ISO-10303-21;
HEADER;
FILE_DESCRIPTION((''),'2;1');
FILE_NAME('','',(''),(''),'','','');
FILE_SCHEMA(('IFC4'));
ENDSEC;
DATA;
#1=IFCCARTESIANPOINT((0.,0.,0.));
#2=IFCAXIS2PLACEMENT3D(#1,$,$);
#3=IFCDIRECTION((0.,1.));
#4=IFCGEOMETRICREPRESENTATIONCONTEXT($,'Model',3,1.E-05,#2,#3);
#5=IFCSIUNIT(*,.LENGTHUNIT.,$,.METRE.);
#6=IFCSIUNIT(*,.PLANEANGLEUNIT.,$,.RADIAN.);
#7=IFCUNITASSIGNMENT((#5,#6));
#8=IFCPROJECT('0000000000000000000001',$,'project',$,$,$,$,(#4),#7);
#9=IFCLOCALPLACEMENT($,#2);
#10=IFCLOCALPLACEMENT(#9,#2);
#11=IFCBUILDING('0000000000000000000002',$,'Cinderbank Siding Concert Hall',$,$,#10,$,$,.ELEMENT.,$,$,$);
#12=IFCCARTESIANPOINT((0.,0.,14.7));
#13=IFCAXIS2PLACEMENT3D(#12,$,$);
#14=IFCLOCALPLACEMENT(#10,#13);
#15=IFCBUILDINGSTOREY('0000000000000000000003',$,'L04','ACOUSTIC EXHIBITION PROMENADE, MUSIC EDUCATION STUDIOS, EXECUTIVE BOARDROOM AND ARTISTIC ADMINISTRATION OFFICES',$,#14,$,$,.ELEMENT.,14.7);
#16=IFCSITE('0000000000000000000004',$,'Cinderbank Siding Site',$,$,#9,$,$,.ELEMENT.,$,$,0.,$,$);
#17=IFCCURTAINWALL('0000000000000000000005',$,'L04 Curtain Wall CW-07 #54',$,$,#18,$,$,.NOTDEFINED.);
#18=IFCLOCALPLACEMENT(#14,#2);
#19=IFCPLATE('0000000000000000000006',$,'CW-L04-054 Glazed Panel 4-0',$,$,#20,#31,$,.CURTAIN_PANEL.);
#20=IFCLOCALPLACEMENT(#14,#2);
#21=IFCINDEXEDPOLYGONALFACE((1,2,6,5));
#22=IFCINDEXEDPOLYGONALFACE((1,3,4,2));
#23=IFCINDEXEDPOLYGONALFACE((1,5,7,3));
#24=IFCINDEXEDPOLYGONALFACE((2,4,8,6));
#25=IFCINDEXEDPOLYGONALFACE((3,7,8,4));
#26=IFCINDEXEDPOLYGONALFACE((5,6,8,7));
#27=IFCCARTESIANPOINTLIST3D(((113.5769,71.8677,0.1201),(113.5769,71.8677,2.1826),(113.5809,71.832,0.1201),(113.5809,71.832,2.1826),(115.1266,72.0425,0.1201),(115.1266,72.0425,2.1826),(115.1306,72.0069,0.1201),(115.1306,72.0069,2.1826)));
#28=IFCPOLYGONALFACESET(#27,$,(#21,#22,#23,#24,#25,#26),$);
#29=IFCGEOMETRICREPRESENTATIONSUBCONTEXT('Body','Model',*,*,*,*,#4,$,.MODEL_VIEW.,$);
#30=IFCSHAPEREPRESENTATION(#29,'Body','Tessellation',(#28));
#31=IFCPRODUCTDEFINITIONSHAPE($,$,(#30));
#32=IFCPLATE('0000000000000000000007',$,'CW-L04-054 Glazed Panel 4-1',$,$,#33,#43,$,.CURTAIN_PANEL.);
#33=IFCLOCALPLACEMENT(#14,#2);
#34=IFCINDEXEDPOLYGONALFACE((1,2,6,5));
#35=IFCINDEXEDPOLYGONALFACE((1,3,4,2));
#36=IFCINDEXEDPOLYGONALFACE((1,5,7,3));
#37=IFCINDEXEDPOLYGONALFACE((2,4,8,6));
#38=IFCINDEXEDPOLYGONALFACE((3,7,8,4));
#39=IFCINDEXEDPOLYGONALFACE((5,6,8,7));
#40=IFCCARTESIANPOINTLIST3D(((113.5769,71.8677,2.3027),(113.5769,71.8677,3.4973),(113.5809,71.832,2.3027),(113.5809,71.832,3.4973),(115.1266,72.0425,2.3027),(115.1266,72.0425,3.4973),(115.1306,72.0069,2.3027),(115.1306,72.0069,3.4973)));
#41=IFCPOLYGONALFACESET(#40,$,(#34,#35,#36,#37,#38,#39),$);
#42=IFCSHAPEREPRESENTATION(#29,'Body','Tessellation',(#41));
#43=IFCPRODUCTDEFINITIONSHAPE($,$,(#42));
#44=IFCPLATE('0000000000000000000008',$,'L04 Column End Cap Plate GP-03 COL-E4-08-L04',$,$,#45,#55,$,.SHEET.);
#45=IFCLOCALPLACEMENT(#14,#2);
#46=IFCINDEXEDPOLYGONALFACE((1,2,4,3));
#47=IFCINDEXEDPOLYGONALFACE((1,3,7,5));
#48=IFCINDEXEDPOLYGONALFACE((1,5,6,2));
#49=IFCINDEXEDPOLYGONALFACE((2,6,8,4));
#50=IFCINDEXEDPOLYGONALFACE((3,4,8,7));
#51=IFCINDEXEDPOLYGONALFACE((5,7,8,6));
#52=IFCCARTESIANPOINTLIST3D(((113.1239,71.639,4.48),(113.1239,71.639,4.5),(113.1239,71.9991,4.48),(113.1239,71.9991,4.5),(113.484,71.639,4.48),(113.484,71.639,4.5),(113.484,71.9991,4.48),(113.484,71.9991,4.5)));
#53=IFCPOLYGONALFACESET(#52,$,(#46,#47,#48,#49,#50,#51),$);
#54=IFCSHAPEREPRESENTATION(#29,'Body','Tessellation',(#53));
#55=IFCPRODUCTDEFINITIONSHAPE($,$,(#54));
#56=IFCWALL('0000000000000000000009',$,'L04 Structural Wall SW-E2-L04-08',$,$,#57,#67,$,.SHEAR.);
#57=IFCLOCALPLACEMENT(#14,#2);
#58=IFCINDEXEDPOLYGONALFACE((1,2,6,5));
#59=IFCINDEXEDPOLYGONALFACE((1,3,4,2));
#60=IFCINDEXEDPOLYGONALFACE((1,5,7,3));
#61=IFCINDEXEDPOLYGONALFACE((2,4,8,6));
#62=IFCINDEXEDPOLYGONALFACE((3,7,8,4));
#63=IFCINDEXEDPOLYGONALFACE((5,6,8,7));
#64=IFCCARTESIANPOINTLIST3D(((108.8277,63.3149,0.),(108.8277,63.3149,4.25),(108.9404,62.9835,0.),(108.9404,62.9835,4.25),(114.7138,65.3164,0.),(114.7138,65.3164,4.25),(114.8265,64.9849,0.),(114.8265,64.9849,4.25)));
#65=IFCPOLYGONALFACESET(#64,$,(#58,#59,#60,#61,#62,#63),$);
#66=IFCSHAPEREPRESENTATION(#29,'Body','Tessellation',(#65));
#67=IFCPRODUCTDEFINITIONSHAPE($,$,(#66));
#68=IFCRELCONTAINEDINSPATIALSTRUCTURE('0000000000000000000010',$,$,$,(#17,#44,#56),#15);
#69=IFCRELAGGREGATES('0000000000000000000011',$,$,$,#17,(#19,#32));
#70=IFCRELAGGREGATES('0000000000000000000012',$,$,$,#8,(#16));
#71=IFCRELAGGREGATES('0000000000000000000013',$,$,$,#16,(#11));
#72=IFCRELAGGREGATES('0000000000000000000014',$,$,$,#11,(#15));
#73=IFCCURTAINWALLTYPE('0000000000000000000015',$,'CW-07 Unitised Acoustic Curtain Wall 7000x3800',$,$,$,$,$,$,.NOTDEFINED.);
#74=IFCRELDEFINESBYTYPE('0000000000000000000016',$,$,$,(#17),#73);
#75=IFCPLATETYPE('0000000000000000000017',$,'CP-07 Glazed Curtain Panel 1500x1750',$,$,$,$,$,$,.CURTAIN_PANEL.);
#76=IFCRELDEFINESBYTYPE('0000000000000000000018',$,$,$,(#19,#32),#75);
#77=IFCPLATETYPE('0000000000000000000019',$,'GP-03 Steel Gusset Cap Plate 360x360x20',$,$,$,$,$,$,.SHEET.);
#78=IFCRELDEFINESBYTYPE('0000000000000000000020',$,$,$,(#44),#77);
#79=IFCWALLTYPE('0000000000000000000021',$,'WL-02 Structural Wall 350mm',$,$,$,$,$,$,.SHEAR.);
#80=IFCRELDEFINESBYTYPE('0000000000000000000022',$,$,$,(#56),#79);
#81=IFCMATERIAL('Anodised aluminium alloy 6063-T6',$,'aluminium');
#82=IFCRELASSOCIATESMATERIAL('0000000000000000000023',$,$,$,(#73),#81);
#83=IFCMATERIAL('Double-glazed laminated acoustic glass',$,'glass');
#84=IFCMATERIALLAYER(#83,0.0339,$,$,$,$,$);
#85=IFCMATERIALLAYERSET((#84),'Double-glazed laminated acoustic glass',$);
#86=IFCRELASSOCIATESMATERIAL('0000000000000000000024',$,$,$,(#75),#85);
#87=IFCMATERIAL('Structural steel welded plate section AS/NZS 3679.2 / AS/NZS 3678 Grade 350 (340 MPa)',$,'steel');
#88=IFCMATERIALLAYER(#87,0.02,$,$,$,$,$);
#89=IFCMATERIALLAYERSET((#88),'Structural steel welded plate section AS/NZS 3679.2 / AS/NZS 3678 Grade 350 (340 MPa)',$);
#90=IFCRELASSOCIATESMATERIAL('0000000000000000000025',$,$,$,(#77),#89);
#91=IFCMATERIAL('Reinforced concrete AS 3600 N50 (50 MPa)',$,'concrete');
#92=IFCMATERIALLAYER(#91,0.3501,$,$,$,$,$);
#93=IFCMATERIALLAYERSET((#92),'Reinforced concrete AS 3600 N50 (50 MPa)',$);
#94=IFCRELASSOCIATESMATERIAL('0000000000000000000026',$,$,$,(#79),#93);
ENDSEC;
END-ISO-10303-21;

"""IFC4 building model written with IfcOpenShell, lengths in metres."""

from ifc_helpers import new_model, si_unit, direction, frame, frame_2d, origin, origin_2d, place, context, subcontext, project, spatial, rectangle, extrude, material, layer, layer_set, type_object, element, aggregate, save


model = new_model("IFC4")

# Units and contexts
model_context = context("Model", 3, precision=1e-05, world=origin(), true_north=direction((0.0, 1.0)))
body_context = subcontext(model_context, "Body", "Model", "MODEL_VIEW")
ifc_project = project(units=[si_unit("LENGTHUNIT", "METRE"), si_unit("PLANEANGLEUNIT", "RADIAN")], contexts=[model_context])

# Site, building, storey
site_placement = place(None, origin())
site = spatial("IfcSite", under=ifc_project, at=site_placement, Name="Cinderbank Siding Site", CompositionType="ELEMENT", RefElevation=0.0)
building_placement = place(site_placement, origin())
building = spatial("IfcBuilding", under=site, at=building_placement, Name="Cinderbank Siding Concert Hall", CompositionType="ELEMENT")
storey_placement = place(building_placement, frame((0.0, 0.0, 14.7)))
storey = spatial("IfcBuildingStorey", under=building, at=storey_placement, Name="L04", Description="ACOUSTIC EXHIBITION PROMENADE, MUSIC EDUCATION STUDIOS, EXECUTIVE BOARDROOM AND ARTISTIC ADMINISTRATION OFFICES", CompositionType="ELEMENT", Elevation=14.7)

# Shared definitions
ifc_material_1 = material(Name="Reinforced concrete AS 3600 N50 (50 MPa)", Category="concrete")

# Curtain wall
ifc_material_2 = material(Name="Anodised aluminium alloy 6063-T6", Category="aluminium")
curtain_wall_type_1 = type_object("IfcCurtainWallType", Name="CW-07 Unitised Acoustic Curtain Wall 7000x3800", PredefinedType="NOTDEFINED", material=ifc_material_2)
curtain_wall_1_placement = place(storey_placement, origin())
curtain_wall_1 = element("IfcCurtainWall", 1, at=curtain_wall_1_placement, inside=storey, type_object=curtain_wall_type_1, Name="L04 Curtain Wall CW-07 #54", PredefinedType="NOTDEFINED")

# Plates
ifc_material_3 = material(Name="Double-glazed laminated acoustic glass", Category="glass")
ifc_layer_1 = layer(ifc_material_3, 0.0339)
ifc_layer_set_1 = layer_set([ifc_layer_1], Name="Double-glazed laminated acoustic glass")
plate_type_1 = type_object("IfcPlateType", Name="CP-07 Glazed Curtain Panel 1500x1750", PredefinedType="CURTAIN_PANEL", material=ifc_layer_set_1)
plate_1_placement = place(storey_placement, frame((114.3538, 71.9373, 0.1201), z_axis=(0.0, 0.0, 1.0), x_axis=(-0.993694, -0.112129, 0.0)))
plate_1 = element("IfcPlate", 2, at=plate_1_placement, type_object=plate_type_1, Name="CW-L04-054 Glazed Panel 4-0", PredefinedType="CURTAIN_PANEL", context=body_context, shape_type="SweptSolid", body=[
    extrude(rectangle(XDim=1.5596, YDim=0.0359, at=origin_2d()), origin(), (0.0, 0.0, 1.0), 2.0625),
])
plate_2_placement = place(storey_placement, frame((114.3538, 71.9373, 2.3027), z_axis=(0.0, 0.0, 1.0), x_axis=(-0.993694, -0.112129, 0.0)))
plate_2 = element("IfcPlate", 3, at=plate_2_placement, type_object=plate_type_1, Name="CW-L04-054 Glazed Panel 4-1", PredefinedType="CURTAIN_PANEL", context=body_context, shape_type="SweptSolid", body=[
    extrude(rectangle(XDim=1.5596, YDim=0.0359, at=origin_2d()), origin(), (0.0, 0.0, 1.0), 1.1946),
])
aggregate(curtain_wall_1, [plate_1, plate_2])
ifc_material_4 = material(Name="Structural steel welded plate section AS/NZS 3679.2 / AS/NZS 3678 Grade 350 (340 MPa)", Category="steel")
ifc_layer_2 = layer(ifc_material_4, 0.02)
ifc_layer_set_2 = layer_set([ifc_layer_2], Name="Structural steel welded plate section AS/NZS 3679.2 / AS/NZS 3678 Grade 350 (340 MPa)")
plate_type_2 = type_object("IfcPlateType", Name="GP-03 Steel Gusset Cap Plate 360x360x20", PredefinedType="SHEET", material=ifc_layer_set_2)
plate_3_placement = place(storey_placement, frame((113.304, 71.8191, 4.48), z_axis=(0.0, 0.0, 1.0), x_axis=(1.0, 0.0, 0.0)))
element("IfcPlate", 4, at=plate_3_placement, inside=storey, type_object=plate_type_2, Name="L04 Column End Cap Plate GP-03 COL-E4-08-L04", PredefinedType="SHEET", context=body_context, shape_type="SweptSolid", body=[
    extrude(rectangle(XDim=0.3601, YDim=0.3601, at=origin_2d()), origin(), (0.0, 0.0, 1.0), 0.02),
])

# Wall
ifc_layer_3 = layer(ifc_material_1, 0.3501)
ifc_layer_set_3 = layer_set([ifc_layer_3], Name="Reinforced concrete AS 3600 N50 (50 MPa)")
wall_type_1 = type_object("IfcWallType", Name="WL-02 Structural Wall 350mm", PredefinedType="SHEAR", material=ifc_layer_set_3)
wall_1_placement = place(storey_placement, frame((114.77, 65.1506, 0.0), z_axis=(0.0, 0.0, 1.0), x_axis=(-0.946761, -0.321936, 0.0)))
element("IfcWall", 5, at=wall_1_placement, inside=storey, type_object=wall_type_1, Name="L04 Structural Wall SW-E2-L04-08", PredefinedType="SHEAR", context=body_context, shape_type="SweptSolid", body=[
    extrude(rectangle(XDim=6.217, YDim=0.3501, at=frame_2d((3.1084, 0.0))), origin(), (0.0, 0.0, 1.0), 4.25),
])

save(model, "model.ifc")
